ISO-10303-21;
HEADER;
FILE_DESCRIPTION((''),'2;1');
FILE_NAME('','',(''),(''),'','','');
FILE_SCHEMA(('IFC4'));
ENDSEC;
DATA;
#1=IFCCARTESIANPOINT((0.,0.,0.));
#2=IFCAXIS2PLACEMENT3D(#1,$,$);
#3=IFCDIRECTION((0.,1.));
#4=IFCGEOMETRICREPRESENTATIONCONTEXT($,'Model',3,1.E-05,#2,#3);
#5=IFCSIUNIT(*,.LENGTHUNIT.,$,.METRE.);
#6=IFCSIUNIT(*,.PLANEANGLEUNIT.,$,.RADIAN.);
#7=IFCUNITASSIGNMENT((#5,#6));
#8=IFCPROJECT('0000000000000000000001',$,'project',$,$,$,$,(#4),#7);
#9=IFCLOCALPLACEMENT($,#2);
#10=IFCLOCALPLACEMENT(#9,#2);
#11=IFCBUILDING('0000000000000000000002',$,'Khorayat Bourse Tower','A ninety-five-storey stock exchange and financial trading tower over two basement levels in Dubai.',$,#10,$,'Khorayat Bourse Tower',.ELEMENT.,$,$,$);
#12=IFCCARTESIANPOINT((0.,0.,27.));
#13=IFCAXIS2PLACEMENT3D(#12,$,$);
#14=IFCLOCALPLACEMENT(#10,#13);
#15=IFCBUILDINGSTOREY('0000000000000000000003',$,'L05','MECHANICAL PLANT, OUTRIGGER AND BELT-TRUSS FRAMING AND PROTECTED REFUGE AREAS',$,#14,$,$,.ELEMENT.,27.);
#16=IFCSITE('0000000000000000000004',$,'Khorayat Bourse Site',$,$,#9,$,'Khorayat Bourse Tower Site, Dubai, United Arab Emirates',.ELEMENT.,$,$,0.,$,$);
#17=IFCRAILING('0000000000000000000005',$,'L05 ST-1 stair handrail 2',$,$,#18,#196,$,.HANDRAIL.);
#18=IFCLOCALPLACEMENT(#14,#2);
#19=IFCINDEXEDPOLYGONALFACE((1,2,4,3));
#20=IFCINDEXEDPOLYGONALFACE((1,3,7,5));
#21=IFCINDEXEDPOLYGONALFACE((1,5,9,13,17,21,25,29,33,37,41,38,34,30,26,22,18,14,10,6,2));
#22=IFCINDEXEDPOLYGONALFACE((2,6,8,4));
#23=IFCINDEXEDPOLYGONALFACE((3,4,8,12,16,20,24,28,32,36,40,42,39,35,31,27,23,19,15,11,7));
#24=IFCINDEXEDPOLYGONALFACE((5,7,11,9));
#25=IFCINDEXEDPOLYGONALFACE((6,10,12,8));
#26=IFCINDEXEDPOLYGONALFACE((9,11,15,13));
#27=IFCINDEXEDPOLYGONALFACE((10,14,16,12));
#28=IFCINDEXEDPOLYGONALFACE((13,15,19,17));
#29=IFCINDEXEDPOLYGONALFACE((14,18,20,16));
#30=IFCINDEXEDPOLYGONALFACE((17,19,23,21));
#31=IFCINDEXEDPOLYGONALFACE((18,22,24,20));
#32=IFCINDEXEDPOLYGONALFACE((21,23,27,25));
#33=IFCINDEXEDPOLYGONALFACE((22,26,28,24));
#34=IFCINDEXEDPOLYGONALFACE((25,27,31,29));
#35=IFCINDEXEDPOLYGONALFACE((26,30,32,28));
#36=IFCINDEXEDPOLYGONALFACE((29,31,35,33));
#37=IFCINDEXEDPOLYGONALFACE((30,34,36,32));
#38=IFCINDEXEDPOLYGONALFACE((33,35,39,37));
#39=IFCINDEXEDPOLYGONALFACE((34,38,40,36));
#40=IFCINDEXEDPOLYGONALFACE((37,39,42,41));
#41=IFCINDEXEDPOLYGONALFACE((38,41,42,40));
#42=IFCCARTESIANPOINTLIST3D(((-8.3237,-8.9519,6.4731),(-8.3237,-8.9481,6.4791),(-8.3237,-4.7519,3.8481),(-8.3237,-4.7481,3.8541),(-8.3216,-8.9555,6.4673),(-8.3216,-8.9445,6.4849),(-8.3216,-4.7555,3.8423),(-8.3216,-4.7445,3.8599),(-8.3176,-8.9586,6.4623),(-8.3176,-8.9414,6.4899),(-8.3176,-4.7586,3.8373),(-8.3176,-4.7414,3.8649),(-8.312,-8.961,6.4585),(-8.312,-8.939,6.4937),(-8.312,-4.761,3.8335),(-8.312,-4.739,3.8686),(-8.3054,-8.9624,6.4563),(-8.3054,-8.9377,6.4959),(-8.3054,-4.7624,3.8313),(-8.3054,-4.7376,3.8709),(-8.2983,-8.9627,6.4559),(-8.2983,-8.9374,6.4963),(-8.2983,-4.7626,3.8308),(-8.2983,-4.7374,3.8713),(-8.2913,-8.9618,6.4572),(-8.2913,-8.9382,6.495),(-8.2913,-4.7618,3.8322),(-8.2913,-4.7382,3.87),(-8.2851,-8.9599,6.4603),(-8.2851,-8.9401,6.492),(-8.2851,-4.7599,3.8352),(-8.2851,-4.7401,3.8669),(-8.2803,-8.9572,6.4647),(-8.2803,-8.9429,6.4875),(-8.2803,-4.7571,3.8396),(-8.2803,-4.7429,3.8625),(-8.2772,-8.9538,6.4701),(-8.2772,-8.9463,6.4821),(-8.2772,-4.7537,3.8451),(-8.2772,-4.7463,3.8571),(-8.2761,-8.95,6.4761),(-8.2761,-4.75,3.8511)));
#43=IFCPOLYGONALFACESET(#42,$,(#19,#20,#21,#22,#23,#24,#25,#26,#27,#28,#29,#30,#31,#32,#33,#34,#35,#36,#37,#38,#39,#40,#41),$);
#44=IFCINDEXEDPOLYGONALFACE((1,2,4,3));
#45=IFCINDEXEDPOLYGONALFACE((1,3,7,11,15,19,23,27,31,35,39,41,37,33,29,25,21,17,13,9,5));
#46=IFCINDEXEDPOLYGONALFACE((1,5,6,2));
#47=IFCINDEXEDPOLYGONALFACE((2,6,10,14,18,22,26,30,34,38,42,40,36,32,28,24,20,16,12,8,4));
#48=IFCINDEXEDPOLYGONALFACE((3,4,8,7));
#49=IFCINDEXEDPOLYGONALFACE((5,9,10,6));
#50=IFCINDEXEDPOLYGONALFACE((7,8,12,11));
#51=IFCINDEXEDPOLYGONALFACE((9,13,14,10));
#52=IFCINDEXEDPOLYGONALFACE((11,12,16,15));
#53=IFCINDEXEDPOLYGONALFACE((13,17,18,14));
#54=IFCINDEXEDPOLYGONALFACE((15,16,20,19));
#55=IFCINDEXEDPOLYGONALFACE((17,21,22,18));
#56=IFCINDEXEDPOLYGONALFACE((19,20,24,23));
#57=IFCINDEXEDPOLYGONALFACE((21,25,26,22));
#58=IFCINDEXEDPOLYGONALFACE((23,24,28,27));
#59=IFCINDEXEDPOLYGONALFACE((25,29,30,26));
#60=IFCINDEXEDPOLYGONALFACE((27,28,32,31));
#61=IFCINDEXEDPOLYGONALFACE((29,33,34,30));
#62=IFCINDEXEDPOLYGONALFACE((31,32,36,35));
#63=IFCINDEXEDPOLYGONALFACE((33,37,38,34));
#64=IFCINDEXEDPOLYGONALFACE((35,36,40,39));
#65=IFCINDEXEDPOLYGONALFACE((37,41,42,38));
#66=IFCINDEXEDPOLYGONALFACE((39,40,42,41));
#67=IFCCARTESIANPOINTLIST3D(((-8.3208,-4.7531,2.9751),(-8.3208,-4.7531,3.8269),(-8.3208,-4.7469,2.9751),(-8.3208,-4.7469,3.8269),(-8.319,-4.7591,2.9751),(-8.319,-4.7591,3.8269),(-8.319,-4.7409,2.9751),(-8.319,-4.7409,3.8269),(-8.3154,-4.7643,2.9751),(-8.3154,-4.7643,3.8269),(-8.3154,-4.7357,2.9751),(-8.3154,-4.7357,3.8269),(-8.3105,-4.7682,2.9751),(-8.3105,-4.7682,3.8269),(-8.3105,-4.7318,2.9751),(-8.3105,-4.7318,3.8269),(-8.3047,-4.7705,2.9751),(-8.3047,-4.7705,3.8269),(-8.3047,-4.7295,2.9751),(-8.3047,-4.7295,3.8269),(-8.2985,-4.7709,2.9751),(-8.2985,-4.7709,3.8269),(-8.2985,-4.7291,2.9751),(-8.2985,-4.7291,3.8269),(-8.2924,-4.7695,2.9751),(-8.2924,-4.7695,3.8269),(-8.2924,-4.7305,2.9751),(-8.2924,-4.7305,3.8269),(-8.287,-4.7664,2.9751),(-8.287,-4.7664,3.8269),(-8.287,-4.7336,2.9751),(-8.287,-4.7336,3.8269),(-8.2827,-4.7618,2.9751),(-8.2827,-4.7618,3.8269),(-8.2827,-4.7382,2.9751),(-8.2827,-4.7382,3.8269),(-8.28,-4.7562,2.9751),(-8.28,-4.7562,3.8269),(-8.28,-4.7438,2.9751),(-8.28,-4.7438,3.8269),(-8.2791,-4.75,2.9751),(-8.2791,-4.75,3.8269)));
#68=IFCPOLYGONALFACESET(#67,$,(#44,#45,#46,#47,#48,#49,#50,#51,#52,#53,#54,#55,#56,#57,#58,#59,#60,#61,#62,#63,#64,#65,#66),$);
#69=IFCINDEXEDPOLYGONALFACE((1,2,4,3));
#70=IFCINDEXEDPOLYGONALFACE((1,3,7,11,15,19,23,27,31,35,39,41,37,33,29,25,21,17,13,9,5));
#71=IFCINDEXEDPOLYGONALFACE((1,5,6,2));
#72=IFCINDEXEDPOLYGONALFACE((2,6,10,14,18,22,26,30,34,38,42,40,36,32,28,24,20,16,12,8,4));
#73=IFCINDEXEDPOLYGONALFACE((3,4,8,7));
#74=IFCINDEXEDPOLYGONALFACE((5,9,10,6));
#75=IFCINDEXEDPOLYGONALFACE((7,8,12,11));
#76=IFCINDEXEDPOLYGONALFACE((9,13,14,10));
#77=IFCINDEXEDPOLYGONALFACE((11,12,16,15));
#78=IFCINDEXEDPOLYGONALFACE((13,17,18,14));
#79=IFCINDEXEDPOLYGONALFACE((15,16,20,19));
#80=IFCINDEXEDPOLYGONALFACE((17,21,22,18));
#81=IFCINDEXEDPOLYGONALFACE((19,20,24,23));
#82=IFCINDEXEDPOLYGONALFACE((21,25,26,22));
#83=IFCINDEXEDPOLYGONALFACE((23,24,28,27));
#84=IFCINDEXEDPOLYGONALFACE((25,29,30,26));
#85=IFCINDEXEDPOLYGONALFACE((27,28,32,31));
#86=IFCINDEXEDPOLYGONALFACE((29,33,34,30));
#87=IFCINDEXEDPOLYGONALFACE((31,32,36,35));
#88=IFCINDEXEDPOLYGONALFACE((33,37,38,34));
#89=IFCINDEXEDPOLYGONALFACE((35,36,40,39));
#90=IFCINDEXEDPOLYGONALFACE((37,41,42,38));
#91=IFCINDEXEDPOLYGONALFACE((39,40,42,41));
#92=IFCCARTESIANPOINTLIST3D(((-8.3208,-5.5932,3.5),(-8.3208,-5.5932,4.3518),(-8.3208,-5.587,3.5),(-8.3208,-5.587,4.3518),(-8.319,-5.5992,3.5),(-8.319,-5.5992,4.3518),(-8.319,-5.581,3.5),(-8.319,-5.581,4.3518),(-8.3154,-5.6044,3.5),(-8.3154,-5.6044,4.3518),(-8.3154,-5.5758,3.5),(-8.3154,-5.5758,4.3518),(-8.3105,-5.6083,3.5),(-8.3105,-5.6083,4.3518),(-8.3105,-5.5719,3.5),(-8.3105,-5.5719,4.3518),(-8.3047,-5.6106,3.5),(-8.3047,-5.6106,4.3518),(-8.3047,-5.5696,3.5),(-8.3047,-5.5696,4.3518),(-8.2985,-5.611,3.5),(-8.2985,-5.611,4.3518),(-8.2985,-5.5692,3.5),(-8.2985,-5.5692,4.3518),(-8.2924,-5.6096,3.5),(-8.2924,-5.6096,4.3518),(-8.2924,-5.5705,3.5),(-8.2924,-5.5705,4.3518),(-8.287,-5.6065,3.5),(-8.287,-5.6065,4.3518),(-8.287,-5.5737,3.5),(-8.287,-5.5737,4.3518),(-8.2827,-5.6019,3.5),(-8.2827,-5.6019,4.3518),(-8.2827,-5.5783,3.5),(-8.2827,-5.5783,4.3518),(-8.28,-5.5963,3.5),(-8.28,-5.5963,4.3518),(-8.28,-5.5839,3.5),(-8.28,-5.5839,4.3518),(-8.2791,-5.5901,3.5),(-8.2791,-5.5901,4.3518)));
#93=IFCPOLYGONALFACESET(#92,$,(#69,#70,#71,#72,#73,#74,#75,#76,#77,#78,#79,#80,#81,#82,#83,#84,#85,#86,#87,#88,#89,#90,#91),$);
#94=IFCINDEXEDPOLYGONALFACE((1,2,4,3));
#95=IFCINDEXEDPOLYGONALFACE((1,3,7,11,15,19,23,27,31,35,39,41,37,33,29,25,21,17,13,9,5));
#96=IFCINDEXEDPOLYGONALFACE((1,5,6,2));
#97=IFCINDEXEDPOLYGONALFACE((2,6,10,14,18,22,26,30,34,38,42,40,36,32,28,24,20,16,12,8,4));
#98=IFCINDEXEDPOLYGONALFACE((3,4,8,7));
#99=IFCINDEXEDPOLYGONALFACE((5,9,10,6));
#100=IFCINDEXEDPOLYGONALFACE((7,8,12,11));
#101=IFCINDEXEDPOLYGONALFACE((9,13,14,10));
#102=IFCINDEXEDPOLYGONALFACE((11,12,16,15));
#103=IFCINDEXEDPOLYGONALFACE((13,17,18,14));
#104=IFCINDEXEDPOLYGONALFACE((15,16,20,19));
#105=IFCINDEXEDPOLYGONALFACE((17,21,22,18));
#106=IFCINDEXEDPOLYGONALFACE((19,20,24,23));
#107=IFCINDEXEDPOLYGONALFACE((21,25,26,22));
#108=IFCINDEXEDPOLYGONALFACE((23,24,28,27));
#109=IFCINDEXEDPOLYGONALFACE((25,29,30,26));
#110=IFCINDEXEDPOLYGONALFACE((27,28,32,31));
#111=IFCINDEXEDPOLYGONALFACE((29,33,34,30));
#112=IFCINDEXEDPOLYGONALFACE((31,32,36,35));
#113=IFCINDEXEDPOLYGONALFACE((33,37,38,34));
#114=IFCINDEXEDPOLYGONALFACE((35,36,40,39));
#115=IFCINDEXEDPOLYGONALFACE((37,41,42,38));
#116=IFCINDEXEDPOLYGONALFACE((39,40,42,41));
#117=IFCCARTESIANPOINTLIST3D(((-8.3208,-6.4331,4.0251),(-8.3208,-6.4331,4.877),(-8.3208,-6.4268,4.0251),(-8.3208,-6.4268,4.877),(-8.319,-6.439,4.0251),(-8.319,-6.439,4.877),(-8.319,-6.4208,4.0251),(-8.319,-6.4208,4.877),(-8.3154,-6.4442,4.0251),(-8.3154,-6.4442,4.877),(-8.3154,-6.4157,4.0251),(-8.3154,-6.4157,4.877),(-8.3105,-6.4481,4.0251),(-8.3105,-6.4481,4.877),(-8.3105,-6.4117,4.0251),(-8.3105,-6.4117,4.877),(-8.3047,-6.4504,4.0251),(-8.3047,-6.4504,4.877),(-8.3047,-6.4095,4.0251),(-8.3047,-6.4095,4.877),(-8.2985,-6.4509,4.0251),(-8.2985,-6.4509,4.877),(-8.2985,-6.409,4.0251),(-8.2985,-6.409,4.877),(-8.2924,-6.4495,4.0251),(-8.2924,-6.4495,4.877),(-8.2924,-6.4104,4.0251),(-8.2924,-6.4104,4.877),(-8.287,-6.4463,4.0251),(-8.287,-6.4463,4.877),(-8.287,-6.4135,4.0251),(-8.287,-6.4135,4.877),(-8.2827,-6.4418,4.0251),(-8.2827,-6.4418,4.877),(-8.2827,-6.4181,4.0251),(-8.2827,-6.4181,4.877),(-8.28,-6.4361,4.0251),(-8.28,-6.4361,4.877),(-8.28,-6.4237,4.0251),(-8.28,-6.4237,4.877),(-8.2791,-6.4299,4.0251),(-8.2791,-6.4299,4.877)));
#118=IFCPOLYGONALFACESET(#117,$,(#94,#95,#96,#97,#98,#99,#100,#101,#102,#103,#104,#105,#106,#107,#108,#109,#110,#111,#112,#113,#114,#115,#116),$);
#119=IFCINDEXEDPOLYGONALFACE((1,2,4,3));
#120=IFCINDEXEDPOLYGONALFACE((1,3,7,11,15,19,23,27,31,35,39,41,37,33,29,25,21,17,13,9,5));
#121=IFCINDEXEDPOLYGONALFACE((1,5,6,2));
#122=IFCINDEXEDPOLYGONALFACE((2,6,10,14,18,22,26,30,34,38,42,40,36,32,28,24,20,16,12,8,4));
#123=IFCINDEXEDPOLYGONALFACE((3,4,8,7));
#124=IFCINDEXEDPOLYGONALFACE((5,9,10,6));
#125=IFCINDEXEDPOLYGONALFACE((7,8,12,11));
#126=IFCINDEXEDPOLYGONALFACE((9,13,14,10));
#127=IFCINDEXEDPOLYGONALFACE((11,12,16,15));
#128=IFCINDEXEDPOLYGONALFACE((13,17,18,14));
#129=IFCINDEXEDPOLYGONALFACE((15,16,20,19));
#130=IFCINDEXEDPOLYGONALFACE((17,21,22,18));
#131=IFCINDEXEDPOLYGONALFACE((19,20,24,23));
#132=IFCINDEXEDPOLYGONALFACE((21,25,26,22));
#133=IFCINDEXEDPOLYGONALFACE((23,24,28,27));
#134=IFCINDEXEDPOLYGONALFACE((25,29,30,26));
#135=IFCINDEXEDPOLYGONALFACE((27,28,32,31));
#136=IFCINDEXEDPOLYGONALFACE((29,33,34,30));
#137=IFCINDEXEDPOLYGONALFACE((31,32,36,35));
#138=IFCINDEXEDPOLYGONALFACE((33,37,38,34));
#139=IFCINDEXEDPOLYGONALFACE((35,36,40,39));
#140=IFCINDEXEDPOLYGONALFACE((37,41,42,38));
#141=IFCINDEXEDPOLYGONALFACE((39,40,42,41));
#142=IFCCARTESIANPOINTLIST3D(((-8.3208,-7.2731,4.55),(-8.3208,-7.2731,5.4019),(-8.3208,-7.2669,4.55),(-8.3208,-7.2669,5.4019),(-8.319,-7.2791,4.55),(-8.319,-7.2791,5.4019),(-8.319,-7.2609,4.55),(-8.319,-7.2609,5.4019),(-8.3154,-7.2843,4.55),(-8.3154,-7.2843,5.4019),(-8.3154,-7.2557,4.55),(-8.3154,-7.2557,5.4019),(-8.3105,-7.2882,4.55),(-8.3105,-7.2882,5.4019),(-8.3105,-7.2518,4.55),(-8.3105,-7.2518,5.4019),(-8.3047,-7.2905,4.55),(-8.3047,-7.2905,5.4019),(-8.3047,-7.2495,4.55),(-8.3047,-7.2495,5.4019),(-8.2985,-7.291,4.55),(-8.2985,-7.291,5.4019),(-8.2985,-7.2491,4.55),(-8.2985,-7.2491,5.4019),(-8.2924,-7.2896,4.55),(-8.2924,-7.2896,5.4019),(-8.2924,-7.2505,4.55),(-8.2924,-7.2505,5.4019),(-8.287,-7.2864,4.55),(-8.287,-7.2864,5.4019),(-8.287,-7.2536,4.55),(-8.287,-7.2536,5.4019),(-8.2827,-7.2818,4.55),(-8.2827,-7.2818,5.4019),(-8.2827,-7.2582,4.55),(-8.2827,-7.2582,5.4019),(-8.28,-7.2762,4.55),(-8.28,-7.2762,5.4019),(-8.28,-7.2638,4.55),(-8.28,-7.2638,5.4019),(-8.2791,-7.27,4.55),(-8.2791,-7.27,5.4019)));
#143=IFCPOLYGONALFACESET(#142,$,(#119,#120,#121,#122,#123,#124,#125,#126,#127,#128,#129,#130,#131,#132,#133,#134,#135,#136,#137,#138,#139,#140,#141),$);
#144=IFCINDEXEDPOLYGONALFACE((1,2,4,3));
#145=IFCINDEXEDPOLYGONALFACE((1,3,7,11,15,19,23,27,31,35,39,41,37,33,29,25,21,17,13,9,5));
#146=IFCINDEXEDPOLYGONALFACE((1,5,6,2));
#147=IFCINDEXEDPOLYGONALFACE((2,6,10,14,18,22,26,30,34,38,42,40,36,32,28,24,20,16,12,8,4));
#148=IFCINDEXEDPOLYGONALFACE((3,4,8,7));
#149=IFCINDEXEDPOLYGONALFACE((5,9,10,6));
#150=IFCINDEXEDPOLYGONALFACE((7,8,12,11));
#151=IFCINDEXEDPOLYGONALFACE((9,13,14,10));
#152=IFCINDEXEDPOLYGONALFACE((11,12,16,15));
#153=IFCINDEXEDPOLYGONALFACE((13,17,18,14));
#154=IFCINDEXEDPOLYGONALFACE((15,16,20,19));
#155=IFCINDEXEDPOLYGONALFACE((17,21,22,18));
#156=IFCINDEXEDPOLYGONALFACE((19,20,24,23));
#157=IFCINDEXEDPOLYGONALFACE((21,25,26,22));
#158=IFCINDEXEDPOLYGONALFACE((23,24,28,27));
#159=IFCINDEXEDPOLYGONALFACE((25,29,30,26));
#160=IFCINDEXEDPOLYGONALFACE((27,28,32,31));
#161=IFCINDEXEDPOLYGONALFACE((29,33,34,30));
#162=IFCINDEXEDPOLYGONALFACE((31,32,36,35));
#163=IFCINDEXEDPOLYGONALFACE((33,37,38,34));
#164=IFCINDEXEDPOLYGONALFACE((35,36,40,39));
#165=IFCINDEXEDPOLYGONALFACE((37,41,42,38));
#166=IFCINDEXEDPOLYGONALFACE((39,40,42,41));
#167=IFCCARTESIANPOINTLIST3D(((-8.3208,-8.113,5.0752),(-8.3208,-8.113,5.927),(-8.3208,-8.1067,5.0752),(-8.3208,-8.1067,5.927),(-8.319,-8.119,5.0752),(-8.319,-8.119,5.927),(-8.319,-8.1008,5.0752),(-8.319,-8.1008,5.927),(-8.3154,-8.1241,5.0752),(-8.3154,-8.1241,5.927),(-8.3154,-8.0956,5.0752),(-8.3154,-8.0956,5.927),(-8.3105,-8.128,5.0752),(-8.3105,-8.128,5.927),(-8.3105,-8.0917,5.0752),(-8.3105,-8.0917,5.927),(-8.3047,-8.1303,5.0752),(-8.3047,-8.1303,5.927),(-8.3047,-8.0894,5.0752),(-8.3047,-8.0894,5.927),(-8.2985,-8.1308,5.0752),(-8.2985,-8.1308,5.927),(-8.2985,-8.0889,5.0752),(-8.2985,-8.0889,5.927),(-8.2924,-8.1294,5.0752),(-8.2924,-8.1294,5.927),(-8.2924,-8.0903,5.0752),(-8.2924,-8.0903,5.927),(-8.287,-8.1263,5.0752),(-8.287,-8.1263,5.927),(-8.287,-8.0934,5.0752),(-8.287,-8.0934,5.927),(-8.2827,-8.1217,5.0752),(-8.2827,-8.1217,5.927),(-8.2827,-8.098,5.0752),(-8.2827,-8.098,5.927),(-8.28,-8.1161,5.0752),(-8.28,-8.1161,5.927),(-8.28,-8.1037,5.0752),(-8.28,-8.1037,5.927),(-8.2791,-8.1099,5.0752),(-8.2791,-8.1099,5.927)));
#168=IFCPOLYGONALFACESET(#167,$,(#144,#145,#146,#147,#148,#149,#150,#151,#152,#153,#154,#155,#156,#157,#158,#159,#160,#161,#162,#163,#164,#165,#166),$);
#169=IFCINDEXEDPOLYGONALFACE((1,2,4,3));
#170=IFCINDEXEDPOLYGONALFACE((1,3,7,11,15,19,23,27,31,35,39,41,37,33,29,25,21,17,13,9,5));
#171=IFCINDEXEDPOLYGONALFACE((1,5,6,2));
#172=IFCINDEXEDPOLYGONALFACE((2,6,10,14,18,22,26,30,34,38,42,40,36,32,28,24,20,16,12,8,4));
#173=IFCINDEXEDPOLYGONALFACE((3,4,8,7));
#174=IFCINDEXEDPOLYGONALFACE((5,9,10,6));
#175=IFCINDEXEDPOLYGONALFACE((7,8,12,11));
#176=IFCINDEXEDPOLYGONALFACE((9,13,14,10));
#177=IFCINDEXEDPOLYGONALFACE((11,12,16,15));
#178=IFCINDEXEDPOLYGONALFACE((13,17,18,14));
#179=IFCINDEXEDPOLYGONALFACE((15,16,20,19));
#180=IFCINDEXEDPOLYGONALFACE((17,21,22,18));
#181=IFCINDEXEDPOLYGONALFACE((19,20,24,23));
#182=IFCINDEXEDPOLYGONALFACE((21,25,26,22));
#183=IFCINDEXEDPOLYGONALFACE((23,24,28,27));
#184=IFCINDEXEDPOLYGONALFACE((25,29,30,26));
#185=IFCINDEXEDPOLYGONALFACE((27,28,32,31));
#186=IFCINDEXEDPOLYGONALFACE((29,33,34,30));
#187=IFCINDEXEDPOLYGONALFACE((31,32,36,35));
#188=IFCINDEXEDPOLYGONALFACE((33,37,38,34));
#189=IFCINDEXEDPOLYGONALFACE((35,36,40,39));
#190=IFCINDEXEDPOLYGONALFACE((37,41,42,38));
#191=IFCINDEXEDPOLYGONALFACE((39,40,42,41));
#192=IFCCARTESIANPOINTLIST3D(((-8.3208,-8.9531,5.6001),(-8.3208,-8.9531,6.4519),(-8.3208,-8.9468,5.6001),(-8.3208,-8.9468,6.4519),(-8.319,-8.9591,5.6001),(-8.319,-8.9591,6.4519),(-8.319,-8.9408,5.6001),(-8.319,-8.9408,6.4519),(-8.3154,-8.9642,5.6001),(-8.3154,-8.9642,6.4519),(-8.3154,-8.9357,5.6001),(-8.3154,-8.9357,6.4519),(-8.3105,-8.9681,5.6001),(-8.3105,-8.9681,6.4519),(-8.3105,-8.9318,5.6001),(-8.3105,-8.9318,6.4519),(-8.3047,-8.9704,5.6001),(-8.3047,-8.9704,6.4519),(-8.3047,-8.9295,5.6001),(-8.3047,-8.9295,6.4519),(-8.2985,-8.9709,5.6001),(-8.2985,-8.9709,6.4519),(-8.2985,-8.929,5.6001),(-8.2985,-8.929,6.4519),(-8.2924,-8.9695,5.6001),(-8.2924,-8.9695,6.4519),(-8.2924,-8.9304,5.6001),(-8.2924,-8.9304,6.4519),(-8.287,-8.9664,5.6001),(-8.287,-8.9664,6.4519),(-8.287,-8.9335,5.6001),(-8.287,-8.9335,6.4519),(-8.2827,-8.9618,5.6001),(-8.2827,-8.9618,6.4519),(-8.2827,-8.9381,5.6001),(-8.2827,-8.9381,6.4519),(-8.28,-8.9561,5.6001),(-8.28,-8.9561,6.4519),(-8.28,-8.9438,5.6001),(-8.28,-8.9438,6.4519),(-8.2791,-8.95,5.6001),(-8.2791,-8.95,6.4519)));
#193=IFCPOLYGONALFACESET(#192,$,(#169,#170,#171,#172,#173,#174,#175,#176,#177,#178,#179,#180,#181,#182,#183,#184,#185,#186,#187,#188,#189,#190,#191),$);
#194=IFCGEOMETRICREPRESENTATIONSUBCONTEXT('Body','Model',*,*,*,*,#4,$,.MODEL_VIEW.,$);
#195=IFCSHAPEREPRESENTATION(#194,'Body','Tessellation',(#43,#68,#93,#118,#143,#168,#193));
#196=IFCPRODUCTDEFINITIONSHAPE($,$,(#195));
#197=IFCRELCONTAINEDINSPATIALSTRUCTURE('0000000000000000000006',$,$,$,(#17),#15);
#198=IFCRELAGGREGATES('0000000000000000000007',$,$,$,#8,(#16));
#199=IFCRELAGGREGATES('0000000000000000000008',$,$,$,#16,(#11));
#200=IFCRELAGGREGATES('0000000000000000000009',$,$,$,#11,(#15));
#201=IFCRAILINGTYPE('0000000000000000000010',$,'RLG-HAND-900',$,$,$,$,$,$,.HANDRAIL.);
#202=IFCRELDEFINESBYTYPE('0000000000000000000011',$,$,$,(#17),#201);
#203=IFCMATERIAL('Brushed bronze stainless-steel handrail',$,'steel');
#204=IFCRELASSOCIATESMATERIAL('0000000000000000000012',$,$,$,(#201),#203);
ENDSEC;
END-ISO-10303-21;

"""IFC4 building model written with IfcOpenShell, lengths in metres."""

from ifc_helpers import new_model, si_unit, direction, frame, origin, origin_2d, place, context, subcontext, project, spatial, circle, extrude, source, transform, mapped, material, type_object, element, save


model = new_model("IFC4")

# Units and contexts
model_context = context("Model", 3, precision=1e-05, world=origin(), true_north=direction((0.0, 1.0)))
body_context = subcontext(model_context, "Body", "Model", "MODEL_VIEW")
ifc_project = project(units=[si_unit("LENGTHUNIT", "METRE"), si_unit("PLANEANGLEUNIT", "RADIAN")], contexts=[model_context])

# Site, building, storey
site_placement = place(None, origin())
site = spatial("IfcSite", under=ifc_project, at=site_placement, Name="Khorayat Bourse Site", LongName="Khorayat Bourse Tower Site, Dubai, United Arab Emirates", CompositionType="ELEMENT", RefElevation=0.0)
building_placement = place(site_placement, origin())
building = spatial("IfcBuilding", under=site, at=building_placement, Name="Khorayat Bourse Tower", Description="A ninety-five-storey stock exchange and financial trading tower over two basement levels in Dubai.", LongName="Khorayat Bourse Tower", CompositionType="ELEMENT")
storey_placement = place(building_placement, frame((0.0, 0.0, 27.0)))
storey = spatial("IfcBuildingStorey", under=building, at=storey_placement, Name="L05", Description="MECHANICAL PLANT, OUTRIGGER AND BELT-TRUSS FRAMING AND PROTECTED REFUGE AREAS", CompositionType="ELEMENT", Elevation=27.0)

# Railing
ifc_material_1 = material(Name="Brushed bronze stainless-steel handrail", Category="steel")
railing_type_1 = type_object("IfcRailingType", Name="RLG-HAND-900", PredefinedType="HANDRAIL", material=ifc_material_1)
shared_shape_1 = source(origin(), body_context, "Body", "SweptSolid", [
    extrude(circle(Radius=0.0239, at=origin_2d()), frame((0.0, 0.0, 0.876), z_axis=(0.0, -0.847996, 0.530003), x_axis=(1.0, 0.0, 0.0)), (0.0, 0.0, 1.0), 4.9529),
    extrude(circle(Radius=0.021, at=origin_2d()), origin(), (0.0, 0.0, 1.0), 0.8518),
    extrude(circle(Radius=0.021, at=origin_2d()), frame((0.0, -0.8401, 0.5249)), (0.0, 0.0, 1.0), 0.8518),
    extrude(circle(Radius=0.021, at=origin_2d()), frame((0.0, -1.6799, 1.05)), (0.0, 0.0, 1.0), 0.8518),
    extrude(circle(Radius=0.021, at=origin_2d()), frame((0.0, -2.52, 1.575)), (0.0, 0.0, 1.0), 0.8518),
    extrude(circle(Radius=0.021, at=origin_2d()), frame((0.0, -3.3599, 2.1001)), (0.0, 0.0, 1.0), 0.8518),
    extrude(circle(Radius=0.021, at=origin_2d()), frame((0.0, -4.2, 2.625)), (0.0, 0.0, 1.0), 0.8518),
])
for number, where, name in (
    (1, (-8.3, -4.75, 2.9751), "L05 ST-1 stair handrail 2"),
):
    element("IfcRailing", number, at=place(storey_placement, frame(where)), inside=storey, type_object=railing_type_1, Name=name, PredefinedType="HANDRAIL", context=body_context, shape_type="MappedRepresentation", body=[
        mapped(shared_shape_1, transform((0.0, 0.0, 0.0), scale=1.0)),
    ])

save(model, "model.ifc")
